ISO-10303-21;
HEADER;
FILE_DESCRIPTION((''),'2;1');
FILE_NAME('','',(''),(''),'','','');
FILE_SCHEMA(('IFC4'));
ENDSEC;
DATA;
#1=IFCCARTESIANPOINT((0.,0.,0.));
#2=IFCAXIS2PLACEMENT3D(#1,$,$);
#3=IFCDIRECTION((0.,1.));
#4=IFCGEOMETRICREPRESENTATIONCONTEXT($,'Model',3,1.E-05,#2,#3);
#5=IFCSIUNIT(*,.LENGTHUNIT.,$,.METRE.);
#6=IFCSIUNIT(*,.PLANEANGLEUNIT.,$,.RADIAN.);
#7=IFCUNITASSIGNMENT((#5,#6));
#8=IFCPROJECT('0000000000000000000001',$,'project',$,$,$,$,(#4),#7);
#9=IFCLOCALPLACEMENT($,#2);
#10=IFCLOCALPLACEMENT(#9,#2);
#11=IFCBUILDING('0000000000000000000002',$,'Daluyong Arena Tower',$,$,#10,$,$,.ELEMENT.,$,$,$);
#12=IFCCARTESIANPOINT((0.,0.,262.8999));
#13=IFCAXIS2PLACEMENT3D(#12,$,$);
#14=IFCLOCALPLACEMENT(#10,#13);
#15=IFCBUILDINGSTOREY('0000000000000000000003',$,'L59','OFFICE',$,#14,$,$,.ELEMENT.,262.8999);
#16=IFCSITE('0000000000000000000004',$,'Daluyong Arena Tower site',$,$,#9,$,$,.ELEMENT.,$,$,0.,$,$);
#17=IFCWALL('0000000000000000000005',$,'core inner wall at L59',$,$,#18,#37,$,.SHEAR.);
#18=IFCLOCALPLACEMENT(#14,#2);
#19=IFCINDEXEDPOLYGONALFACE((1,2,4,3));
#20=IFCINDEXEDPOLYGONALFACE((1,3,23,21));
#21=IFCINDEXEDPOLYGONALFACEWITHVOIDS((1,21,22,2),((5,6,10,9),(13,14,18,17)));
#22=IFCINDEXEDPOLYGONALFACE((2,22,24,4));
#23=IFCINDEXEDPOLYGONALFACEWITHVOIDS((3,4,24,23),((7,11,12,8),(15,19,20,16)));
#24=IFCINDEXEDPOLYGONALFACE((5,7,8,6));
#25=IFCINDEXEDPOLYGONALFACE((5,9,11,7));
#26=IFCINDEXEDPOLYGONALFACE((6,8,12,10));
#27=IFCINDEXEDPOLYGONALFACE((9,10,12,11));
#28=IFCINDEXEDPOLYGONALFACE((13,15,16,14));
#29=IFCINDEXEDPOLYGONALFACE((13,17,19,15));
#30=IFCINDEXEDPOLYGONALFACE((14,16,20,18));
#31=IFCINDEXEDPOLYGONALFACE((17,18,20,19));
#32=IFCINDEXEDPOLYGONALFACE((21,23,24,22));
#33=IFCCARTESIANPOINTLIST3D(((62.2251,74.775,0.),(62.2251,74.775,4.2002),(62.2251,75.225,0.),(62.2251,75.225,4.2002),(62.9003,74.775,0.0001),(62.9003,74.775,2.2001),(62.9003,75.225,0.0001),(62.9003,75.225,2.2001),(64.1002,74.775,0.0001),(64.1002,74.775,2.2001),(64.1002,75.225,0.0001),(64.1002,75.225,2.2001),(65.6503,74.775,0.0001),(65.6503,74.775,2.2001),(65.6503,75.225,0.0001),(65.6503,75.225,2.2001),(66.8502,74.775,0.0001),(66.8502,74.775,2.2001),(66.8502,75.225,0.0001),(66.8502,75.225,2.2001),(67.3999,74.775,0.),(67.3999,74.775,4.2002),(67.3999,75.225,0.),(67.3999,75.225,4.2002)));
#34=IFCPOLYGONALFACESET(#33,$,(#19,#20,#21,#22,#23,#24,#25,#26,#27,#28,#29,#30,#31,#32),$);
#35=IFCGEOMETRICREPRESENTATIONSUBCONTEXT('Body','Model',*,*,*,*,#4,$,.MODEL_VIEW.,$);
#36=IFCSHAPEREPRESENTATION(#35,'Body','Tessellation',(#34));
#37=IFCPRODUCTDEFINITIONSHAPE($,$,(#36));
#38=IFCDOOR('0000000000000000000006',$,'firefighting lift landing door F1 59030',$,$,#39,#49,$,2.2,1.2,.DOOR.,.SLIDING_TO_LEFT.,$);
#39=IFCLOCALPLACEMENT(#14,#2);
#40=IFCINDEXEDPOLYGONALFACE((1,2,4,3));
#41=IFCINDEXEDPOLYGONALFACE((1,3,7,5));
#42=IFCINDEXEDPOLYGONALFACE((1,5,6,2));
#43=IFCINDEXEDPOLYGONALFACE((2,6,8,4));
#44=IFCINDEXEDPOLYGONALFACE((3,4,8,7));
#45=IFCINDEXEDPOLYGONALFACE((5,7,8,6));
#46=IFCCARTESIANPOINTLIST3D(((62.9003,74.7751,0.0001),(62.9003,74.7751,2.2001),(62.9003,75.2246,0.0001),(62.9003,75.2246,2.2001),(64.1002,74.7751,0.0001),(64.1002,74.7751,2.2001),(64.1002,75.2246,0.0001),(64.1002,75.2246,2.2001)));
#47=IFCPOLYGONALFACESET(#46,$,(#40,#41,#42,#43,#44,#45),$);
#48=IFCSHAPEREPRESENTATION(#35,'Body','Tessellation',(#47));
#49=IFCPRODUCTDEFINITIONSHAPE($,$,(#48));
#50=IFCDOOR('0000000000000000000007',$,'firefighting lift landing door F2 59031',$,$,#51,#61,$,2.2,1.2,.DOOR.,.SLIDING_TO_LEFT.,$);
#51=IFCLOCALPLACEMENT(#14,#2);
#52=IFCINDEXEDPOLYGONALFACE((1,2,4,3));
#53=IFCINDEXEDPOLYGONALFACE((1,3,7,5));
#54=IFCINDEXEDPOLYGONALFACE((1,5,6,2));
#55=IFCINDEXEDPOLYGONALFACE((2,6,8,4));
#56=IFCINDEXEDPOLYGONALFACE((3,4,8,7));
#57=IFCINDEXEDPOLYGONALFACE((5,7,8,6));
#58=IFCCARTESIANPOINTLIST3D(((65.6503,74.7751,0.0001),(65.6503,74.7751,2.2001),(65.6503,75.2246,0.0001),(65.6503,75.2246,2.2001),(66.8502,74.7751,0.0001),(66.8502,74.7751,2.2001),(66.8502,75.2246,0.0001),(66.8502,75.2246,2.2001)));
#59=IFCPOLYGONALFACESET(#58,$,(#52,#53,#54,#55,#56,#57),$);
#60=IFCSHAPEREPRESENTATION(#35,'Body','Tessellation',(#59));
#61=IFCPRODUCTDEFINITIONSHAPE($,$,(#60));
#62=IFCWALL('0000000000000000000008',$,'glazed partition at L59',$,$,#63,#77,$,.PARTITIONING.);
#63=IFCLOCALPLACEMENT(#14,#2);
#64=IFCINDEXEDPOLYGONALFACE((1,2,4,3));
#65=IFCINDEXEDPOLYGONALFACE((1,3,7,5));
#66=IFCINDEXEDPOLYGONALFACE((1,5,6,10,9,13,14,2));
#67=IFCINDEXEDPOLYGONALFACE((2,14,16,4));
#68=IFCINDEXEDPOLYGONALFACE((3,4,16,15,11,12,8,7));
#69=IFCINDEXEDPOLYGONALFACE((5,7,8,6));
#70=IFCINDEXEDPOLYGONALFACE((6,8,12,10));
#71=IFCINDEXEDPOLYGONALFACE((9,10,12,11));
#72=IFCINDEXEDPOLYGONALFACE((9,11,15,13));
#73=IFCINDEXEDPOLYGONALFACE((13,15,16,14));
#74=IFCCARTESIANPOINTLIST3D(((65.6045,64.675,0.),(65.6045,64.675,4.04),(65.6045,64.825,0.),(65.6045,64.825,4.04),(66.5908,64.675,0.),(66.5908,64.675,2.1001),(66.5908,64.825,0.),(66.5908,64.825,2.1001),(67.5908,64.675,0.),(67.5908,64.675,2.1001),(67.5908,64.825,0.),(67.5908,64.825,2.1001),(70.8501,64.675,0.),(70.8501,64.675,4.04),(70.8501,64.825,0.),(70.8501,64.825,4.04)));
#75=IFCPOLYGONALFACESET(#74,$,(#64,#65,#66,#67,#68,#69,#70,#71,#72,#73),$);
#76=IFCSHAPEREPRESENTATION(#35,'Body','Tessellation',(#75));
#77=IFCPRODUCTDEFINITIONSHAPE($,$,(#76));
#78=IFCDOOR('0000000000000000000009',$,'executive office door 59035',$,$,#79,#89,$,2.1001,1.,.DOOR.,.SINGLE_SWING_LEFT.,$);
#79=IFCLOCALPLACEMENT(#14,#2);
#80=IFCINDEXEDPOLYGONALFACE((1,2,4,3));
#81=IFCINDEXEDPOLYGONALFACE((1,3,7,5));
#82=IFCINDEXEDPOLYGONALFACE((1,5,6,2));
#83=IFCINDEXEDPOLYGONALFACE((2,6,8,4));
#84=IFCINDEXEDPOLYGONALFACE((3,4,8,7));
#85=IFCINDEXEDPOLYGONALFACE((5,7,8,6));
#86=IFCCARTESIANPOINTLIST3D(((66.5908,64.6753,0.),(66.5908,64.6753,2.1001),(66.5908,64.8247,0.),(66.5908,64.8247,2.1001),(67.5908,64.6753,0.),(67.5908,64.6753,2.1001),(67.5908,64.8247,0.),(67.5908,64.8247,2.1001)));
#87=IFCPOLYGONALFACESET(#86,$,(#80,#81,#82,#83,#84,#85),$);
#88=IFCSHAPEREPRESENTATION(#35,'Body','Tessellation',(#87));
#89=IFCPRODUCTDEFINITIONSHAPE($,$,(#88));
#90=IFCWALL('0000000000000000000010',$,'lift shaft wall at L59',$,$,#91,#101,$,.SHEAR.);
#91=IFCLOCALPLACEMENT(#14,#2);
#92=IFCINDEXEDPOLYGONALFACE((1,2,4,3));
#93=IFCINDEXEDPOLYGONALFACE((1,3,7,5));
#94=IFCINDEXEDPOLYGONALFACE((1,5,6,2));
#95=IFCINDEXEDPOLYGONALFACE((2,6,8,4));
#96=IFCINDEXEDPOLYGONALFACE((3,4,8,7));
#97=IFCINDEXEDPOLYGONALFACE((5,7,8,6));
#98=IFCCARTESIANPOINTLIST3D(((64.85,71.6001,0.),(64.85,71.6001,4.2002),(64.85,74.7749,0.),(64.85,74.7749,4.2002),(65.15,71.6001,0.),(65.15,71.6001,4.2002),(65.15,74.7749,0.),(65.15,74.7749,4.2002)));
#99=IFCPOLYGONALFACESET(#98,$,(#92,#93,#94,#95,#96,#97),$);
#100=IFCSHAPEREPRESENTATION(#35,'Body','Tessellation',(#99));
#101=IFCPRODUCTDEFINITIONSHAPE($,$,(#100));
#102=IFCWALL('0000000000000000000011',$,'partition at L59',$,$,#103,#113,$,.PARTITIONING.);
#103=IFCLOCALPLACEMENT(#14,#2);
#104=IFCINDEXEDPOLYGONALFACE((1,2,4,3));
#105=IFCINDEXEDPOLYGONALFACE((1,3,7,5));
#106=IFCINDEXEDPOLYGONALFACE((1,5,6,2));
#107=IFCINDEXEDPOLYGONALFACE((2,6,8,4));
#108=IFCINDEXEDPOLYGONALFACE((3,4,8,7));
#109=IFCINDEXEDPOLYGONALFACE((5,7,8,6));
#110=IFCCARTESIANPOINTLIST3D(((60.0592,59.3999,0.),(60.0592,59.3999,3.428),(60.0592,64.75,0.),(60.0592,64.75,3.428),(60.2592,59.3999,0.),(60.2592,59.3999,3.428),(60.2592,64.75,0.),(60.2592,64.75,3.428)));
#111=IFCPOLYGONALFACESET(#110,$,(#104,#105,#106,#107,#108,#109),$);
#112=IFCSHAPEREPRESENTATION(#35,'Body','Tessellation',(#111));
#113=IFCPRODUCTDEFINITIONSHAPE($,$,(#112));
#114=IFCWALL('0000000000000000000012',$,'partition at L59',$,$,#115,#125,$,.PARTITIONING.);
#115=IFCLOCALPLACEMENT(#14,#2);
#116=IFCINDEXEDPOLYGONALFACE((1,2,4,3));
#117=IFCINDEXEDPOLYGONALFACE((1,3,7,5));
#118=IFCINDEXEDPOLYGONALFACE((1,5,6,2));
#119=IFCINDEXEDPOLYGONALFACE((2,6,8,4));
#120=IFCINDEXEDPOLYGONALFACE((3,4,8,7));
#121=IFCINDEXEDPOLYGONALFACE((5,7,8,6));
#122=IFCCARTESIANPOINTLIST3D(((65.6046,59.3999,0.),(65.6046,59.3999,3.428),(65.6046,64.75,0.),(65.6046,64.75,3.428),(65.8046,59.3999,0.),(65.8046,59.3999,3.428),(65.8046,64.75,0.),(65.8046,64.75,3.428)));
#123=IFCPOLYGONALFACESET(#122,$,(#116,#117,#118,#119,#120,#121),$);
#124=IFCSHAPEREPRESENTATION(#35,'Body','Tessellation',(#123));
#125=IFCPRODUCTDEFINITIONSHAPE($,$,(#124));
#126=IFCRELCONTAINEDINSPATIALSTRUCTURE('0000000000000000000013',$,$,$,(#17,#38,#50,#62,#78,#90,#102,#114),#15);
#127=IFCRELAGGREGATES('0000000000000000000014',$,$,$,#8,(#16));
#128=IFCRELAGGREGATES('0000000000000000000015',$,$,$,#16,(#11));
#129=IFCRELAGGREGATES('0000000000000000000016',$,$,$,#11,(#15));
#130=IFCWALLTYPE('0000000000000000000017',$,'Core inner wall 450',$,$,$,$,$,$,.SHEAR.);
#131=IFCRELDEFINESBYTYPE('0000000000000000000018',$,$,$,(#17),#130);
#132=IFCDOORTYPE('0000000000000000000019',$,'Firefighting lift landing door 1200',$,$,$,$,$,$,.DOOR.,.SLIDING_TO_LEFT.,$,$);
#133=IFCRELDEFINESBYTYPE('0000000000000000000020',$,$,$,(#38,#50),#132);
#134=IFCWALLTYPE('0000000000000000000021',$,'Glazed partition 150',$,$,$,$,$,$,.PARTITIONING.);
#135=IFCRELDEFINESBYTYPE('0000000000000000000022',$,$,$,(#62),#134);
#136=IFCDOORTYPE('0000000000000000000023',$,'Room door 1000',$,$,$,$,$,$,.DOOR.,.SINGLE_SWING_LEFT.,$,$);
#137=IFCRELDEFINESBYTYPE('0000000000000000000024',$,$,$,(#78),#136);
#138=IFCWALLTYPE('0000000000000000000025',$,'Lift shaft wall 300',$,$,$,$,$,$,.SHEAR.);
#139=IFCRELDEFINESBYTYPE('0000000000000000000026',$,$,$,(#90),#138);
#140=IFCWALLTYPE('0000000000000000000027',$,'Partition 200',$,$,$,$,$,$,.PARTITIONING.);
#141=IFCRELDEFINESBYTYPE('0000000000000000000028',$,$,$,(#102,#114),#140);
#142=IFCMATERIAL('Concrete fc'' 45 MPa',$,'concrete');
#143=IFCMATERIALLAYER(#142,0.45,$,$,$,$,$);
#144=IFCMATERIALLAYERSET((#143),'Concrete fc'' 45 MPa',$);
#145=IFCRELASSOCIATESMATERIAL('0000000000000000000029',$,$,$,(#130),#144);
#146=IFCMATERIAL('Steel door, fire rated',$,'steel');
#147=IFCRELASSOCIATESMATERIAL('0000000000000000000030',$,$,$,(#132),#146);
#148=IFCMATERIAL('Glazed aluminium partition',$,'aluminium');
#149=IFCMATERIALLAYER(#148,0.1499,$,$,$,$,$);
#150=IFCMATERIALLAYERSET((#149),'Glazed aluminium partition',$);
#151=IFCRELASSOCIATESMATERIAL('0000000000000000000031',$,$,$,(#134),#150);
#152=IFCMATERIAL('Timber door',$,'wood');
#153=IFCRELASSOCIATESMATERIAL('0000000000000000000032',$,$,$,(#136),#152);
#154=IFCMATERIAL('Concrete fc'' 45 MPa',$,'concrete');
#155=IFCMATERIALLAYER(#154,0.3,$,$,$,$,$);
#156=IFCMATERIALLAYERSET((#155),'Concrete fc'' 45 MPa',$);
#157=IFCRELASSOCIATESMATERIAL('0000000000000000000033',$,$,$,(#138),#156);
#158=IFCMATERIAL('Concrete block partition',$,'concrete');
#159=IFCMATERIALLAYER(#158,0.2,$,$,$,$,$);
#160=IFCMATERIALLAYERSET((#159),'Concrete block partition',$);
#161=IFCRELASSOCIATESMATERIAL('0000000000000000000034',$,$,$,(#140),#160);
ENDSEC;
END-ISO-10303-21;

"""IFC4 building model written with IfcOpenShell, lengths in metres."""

from ifc_helpers import new_model, si_unit, direction, frame, frame_2d, origin, place, context, subcontext, project, spatial, rectangle, extrude, material, layer, layer_set, type_object, element, fill, save


model = new_model("IFC4")

# Units and contexts
model_context = context("Model", 3, precision=1e-05, world=origin(), true_north=direction((0.0, 1.0)))
body_context = subcontext(model_context, "Body", "Model", "MODEL_VIEW")
ifc_project = project(units=[si_unit("LENGTHUNIT", "METRE"), si_unit("PLANEANGLEUNIT", "RADIAN")], contexts=[model_context])

# Site, building, storey
site_placement = place(None, origin())
site = spatial("IfcSite", under=ifc_project, at=site_placement, Name="Daluyong Arena Tower site", CompositionType="ELEMENT", RefElevation=0.0)
building_placement = place(site_placement, origin())
building = spatial("IfcBuilding", under=site, at=building_placement, Name="Daluyong Arena Tower", CompositionType="ELEMENT")
storey_placement = place(building_placement, frame((0.0, 0.0, 262.8999)))
storey = spatial("IfcBuildingStorey", under=building, at=storey_placement, Name="L59", Description="OFFICE", CompositionType="ELEMENT", Elevation=262.8999)

# Shared definitions
ifc_material_1 = material(Name="Concrete fc' 45 MPa", Category="concrete")
ifc_layer_1 = layer(ifc_material_1, 0.45)
ifc_layer_set_1 = layer_set([ifc_layer_1], Name="Concrete fc' 45 MPa")
wall_type_1 = type_object("IfcWallType", Name="Core inner wall 450", PredefinedType="SHEAR", material=ifc_layer_set_1)

# Wall, openings, doors
wall_1_placement = place(storey_placement, frame((62.2251, 75.0, 0.0), z_axis=(0.0, 0.0, 1.0), x_axis=(1.0, 0.0, 0.0)))
wall_1 = element("IfcWall", 1, at=wall_1_placement, inside=storey, type_object=wall_type_1, Name="core inner wall at L59", PredefinedType="SHEAR", context=body_context, shape_type="SweptSolid", body=[
    extrude(rectangle(XDim=5.1748, YDim=0.45, at=frame_2d((2.5874, 0.0))), origin(), (0.0, 0.0, 1.0), 4.2002),
])
opening_1_placement = place(wall_1_placement, frame((0.675, 0.0, 0.0)))
opening_1 = element("IfcOpeningElement", 2, at=opening_1_placement, cuts=wall_1, PredefinedType="OPENING", context=body_context, shape_type="SweptSolid", body=[
    extrude(rectangle(XDim=1.2, YDim=2.2, at=frame_2d((0.6001, 1.1001))), frame((0.0, 0.2349, 0.0), z_axis=(0.0, -1.0, 0.0), x_axis=(1.0, 0.0, 0.0)), (0.0, 0.0, 1.0), 0.47),
])
opening_2_placement = place(wall_1_placement, frame((3.425, 0.0, 0.0)))
opening_2 = element("IfcOpeningElement", 3, at=opening_2_placement, cuts=wall_1, PredefinedType="OPENING", context=body_context, shape_type="SweptSolid", body=[
    extrude(rectangle(XDim=1.2, YDim=2.2, at=frame_2d((0.6001, 1.1001))), frame((0.0, 0.2349, 0.0), z_axis=(0.0, -1.0, 0.0), x_axis=(1.0, 0.0, 0.0)), (0.0, 0.0, 1.0), 0.47),
])
ifc_material_2 = material(Name="Steel door, fire rated", Category="steel")
door_type_1 = type_object("IfcDoorType", Name="Firefighting lift landing door 1200", OperationType="SLIDING_TO_LEFT", PredefinedType="DOOR", material=ifc_material_2)
door_1_placement = place(opening_1_placement, origin())
door_1 = element("IfcDoor", 4, at=door_1_placement, inside=storey, type_object=door_type_1, Name="firefighting lift landing door F1 59030", OperationType="SLIDING_TO_LEFT", OverallHeight=2.2, OverallWidth=1.2, PredefinedType="DOOR", context=body_context, shape_type="SweptSolid", body=[
    extrude(rectangle(XDim=1.2, YDim=2.2, at=frame_2d((0.6001, 1.1001))), frame((0.0, 0.2246, 0.0), z_axis=(0.0, -1.0, 0.0), x_axis=(1.0, 0.0, 0.0)), (0.0, 0.0, 1.0), 0.4495),
])
fill(opening_1, door_1)
door_2_placement = place(opening_2_placement, origin())
door_2 = element("IfcDoor", 5, at=door_2_placement, inside=storey, type_object=door_type_1, Name="firefighting lift landing door F2 59031", OperationType="SLIDING_TO_LEFT", OverallHeight=2.2, OverallWidth=1.2, PredefinedType="DOOR", context=body_context, shape_type="SweptSolid", body=[
    extrude(rectangle(XDim=1.2, YDim=2.2, at=frame_2d((0.6001, 1.1001))), frame((0.0, 0.2246, 0.0), z_axis=(0.0, -1.0, 0.0), x_axis=(1.0, 0.0, 0.0)), (0.0, 0.0, 1.0), 0.4495),
])
fill(opening_2, door_2)

# Wall, opening, door
ifc_material_3 = material(Name="Glazed aluminium partition", Category="aluminium")
ifc_layer_2 = layer(ifc_material_3, 0.1499)
ifc_layer_set_2 = layer_set([ifc_layer_2], Name="Glazed aluminium partition")
wall_type_2 = type_object("IfcWallType", Name="Glazed partition 150", PredefinedType="PARTITIONING", material=ifc_layer_set_2)
wall_2_placement = place(storey_placement, frame((65.6045, 64.75, 0.0), z_axis=(0.0, 0.0, 1.0), x_axis=(1.0, 0.0, 0.0)))
wall_2 = element("IfcWall", 6, at=wall_2_placement, inside=storey, type_object=wall_type_2, Name="glazed partition at L59", PredefinedType="PARTITIONING", context=body_context, shape_type="SweptSolid", body=[
    extrude(rectangle(XDim=5.2456, YDim=0.1499, at=frame_2d((2.6228, 0.0))), origin(), (0.0, 0.0, 1.0), 4.04),
])
opening_3_placement = place(wall_2_placement, frame((0.9863, 0.0, 0.0)))
opening_3 = element("IfcOpeningElement", 7, at=opening_3_placement, cuts=wall_2, PredefinedType="OPENING", context=body_context, shape_type="SweptSolid", body=[
    extrude(rectangle(XDim=1.0, YDim=2.1001, at=frame_2d((0.5, 1.05))), frame((0.0, 0.085, 0.0), z_axis=(0.0, -1.0, 0.0), x_axis=(1.0, 0.0, 0.0)), (0.0, 0.0, 1.0), 0.1699),
])
ifc_material_4 = material(Name="Timber door", Category="wood")
door_type_2 = type_object("IfcDoorType", Name="Room door 1000", OperationType="SINGLE_SWING_LEFT", PredefinedType="DOOR", material=ifc_material_4)
door_3_placement = place(opening_3_placement, origin())
door_3 = element("IfcDoor", 8, at=door_3_placement, inside=storey, type_object=door_type_2, Name="executive office door 59035", OperationType="SINGLE_SWING_LEFT", OverallHeight=2.1001, OverallWidth=1.0, PredefinedType="DOOR", context=body_context, shape_type="SweptSolid", body=[
    extrude(rectangle(XDim=1.0, YDim=2.1001, at=frame_2d((0.5, 1.05))), frame((0.0, 0.0747, 0.0), z_axis=(0.0, -1.0, 0.0), x_axis=(1.0, 0.0, 0.0)), (0.0, 0.0, 1.0), 0.1494),
])
fill(opening_3, door_3)

# Walls
ifc_material_5 = material(Name="Concrete fc' 45 MPa", Category="concrete")
ifc_layer_3 = layer(ifc_material_5, 0.3)
ifc_layer_set_3 = layer_set([ifc_layer_3], Name="Concrete fc' 45 MPa")
wall_type_3 = type_object("IfcWallType", Name="Lift shaft wall 300", PredefinedType="SHEAR", material=ifc_layer_set_3)
wall_3_placement = place(storey_placement, frame((65.0, 71.6001, 0.0), z_axis=(0.0, 0.0, 1.0), x_axis=(0.0, 1.0, 0.0)))
element("IfcWall", 9, at=wall_3_placement, inside=storey, type_object=wall_type_3, Name="lift shaft wall at L59", PredefinedType="SHEAR", context=body_context, shape_type="SweptSolid", body=[
    extrude(rectangle(XDim=3.1748, YDim=0.3, at=frame_2d((1.5874, 0.0))), origin(), (0.0, 0.0, 1.0), 4.2002),
])
ifc_material_6 = material(Name="Concrete block partition", Category="concrete")
ifc_layer_4 = layer(ifc_material_6, 0.2)
ifc_layer_set_4 = layer_set([ifc_layer_4], Name="Concrete block partition")
wall_type_4 = type_object("IfcWallType", Name="Partition 200", PredefinedType="PARTITIONING", material=ifc_layer_set_4)
for number, where, z_axis, x_axis, name in (
    (10, (60.1592, 59.3999, 0.0), (0.0, 0.0, 1.0), (0.0, 1.0, 0.0), "partition at L59"),
    (11, (65.7046, 59.3999, 0.0), (0.0, 0.0, 1.0), (0.0, 1.0, 0.0), "partition at L59"),
):
    element("IfcWall", number, at=place(storey_placement, frame(where, z_axis=z_axis, x_axis=x_axis)), inside=storey, type_object=wall_type_4, Name=name, PredefinedType="PARTITIONING", context=body_context, shape_type="SweptSolid", body=[
        extrude(rectangle(XDim=5.3501, YDim=0.2, at=frame_2d((2.675, 0.0))), origin(), (0.0, 0.0, 1.0), 3.428),
    ])

save(model, "model.ifc")
